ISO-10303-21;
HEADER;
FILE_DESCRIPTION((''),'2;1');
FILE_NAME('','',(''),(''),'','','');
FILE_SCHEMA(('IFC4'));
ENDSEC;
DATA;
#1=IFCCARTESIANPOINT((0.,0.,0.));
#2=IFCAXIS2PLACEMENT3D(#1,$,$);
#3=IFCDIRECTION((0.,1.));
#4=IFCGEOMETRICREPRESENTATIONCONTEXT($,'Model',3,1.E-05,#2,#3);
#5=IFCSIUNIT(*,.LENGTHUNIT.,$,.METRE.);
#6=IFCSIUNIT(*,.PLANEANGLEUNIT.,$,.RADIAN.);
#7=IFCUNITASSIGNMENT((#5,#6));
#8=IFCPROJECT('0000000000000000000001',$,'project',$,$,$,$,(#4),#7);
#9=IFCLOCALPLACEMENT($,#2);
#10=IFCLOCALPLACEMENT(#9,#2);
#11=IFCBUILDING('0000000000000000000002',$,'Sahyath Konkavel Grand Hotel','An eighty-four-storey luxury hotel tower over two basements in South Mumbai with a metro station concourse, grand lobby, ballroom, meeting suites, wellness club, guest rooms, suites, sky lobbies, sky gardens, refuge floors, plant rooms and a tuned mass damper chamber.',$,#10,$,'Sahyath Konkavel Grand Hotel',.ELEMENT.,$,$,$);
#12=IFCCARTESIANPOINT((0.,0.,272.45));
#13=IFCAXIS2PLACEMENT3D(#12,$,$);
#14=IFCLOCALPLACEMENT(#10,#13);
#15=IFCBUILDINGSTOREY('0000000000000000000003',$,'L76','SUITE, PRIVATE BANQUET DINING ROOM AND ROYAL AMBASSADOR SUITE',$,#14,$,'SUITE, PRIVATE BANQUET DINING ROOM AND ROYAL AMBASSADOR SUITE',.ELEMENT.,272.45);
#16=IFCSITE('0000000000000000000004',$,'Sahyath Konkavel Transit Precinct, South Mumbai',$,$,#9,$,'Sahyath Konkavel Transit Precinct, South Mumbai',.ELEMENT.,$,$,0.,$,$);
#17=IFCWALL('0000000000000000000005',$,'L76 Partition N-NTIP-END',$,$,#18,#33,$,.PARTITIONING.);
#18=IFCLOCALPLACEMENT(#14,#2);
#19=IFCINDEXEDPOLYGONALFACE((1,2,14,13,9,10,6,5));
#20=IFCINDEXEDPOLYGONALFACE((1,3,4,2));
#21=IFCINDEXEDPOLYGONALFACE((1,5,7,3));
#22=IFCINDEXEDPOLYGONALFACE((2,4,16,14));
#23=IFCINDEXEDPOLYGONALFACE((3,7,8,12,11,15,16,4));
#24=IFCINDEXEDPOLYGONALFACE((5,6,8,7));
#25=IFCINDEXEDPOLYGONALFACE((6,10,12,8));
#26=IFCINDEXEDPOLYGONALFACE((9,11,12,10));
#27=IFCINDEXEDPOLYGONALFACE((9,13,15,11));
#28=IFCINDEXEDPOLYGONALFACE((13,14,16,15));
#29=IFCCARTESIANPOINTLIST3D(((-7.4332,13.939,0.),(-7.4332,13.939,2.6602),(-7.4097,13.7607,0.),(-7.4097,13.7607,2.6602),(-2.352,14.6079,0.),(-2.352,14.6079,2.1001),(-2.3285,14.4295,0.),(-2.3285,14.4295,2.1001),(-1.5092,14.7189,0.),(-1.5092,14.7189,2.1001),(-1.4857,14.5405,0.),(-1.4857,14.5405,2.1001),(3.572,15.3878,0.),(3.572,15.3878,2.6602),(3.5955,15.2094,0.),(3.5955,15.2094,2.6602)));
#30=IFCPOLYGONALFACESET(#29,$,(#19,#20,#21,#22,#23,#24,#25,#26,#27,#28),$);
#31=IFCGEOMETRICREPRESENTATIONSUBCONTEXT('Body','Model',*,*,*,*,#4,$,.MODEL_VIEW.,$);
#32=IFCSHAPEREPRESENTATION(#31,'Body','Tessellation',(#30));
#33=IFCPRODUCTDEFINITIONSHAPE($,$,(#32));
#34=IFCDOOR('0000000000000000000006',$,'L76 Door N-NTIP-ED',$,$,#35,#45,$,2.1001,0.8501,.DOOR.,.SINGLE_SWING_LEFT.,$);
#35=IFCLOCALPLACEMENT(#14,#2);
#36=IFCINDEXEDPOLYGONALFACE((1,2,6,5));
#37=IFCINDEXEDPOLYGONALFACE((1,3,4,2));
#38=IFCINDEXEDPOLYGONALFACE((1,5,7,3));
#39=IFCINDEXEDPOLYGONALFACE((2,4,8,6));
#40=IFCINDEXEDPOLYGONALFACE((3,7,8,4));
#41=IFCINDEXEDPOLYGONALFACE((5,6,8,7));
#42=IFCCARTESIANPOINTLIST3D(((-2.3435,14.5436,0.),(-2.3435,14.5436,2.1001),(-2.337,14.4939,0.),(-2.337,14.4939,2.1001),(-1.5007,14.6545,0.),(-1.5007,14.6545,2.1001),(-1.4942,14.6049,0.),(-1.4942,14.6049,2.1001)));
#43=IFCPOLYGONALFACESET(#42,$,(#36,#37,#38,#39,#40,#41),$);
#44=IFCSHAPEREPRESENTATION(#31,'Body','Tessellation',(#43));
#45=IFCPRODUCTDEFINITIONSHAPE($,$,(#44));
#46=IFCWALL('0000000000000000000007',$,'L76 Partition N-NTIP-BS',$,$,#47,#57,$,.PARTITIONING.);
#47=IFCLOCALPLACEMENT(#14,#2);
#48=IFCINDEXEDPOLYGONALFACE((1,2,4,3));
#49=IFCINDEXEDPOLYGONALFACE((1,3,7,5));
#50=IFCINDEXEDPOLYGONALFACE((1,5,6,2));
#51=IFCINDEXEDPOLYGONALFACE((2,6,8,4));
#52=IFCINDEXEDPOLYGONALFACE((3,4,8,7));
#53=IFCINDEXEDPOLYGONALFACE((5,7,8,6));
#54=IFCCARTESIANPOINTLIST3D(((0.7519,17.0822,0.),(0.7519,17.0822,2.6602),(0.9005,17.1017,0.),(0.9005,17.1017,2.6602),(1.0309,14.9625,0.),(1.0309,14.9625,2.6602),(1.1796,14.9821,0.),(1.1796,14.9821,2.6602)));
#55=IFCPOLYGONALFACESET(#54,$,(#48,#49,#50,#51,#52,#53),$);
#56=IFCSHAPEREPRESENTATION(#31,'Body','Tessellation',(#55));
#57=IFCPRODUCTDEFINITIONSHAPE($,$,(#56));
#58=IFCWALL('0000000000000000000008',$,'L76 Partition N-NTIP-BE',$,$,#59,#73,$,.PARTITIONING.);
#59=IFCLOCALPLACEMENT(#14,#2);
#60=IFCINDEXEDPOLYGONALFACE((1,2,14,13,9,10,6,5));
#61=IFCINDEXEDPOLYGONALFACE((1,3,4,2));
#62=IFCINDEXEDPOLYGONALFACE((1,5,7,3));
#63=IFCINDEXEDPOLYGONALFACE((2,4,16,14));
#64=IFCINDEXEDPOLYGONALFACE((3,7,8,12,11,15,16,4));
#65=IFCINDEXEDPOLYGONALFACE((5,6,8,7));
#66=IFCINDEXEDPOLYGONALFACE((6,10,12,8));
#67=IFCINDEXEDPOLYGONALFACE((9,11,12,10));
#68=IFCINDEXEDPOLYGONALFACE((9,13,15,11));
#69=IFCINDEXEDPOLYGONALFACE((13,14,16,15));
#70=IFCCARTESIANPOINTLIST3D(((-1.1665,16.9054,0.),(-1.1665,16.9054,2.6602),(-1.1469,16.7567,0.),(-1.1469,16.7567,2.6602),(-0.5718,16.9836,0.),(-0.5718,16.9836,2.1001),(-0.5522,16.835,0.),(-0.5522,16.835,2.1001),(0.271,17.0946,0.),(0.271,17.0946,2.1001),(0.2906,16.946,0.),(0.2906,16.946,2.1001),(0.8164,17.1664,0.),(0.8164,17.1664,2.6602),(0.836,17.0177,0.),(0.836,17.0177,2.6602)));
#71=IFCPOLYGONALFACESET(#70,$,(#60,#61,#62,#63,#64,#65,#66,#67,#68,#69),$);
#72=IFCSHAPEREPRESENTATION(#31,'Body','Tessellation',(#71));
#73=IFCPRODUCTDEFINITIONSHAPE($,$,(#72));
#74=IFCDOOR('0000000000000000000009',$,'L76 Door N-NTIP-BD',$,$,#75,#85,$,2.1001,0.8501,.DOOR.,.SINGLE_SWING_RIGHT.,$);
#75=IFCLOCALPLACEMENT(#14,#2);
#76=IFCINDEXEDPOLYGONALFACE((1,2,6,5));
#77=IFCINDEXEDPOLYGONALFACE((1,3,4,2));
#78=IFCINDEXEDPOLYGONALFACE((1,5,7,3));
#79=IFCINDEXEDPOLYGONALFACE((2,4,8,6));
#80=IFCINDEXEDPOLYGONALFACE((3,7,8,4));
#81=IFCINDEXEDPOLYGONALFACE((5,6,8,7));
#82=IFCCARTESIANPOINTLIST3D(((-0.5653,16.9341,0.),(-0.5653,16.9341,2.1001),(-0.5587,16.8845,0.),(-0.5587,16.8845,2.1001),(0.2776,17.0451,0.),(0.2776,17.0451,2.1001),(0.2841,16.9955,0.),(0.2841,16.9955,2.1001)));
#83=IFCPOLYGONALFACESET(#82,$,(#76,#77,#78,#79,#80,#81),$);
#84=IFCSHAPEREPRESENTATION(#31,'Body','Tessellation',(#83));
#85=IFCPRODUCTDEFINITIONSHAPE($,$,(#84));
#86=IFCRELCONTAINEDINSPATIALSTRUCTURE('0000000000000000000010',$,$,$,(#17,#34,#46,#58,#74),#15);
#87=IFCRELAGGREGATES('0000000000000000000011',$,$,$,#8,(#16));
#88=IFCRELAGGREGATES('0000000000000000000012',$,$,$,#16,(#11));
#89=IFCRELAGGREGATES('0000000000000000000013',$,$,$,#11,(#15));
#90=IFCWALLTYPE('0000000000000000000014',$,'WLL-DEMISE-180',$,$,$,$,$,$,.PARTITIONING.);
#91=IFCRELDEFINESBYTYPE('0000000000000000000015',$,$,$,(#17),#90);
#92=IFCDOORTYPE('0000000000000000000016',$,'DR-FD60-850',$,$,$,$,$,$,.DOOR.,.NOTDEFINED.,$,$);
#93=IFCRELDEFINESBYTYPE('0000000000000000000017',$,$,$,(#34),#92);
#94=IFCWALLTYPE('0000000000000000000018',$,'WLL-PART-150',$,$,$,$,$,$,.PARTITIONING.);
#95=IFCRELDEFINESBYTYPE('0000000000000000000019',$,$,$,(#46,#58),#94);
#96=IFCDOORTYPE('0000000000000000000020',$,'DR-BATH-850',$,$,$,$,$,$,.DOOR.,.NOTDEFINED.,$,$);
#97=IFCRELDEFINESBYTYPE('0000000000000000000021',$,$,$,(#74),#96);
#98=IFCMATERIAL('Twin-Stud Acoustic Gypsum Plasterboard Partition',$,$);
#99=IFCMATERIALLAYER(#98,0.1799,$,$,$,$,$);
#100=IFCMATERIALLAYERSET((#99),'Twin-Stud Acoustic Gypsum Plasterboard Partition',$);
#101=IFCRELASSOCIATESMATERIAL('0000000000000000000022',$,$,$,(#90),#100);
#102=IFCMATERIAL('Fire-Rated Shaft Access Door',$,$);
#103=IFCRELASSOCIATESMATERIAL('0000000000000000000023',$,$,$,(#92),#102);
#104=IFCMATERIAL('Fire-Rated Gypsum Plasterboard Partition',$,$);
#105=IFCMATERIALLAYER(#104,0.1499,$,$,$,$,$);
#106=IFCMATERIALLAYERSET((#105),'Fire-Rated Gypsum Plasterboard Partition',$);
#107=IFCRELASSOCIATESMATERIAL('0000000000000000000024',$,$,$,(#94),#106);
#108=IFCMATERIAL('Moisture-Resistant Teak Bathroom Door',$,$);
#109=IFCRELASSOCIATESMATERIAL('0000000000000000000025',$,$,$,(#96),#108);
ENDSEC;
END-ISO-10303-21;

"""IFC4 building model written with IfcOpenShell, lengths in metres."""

from ifc_helpers import new_model, si_unit, direction, frame, frame_2d, origin, origin_2d, place, context, subcontext, project, spatial, rectangle, extrude, source, transform, mapped, material, layer, layer_set, type_object, element, fill, save


model = new_model("IFC4")

# Units and contexts
model_context = context("Model", 3, precision=1e-05, world=origin(), true_north=direction((0.0, 1.0)))
body_context = subcontext(model_context, "Body", "Model", "MODEL_VIEW")
ifc_project = project(units=[si_unit("LENGTHUNIT", "METRE"), si_unit("PLANEANGLEUNIT", "RADIAN")], contexts=[model_context])

# Site, building, storey
site_placement = place(None, origin())
site = spatial("IfcSite", under=ifc_project, at=site_placement, Name="Sahyath Konkavel Transit Precinct, South Mumbai", LongName="Sahyath Konkavel Transit Precinct, South Mumbai", CompositionType="ELEMENT", RefElevation=0.0)
building_placement = place(site_placement, origin())
building = spatial("IfcBuilding", under=site, at=building_placement, Name="Sahyath Konkavel Grand Hotel", Description="An eighty-four-storey luxury hotel tower over two basements in South Mumbai with a metro station concourse, grand lobby, ballroom, meeting suites, wellness club, guest rooms, suites, sky lobbies, sky gardens, refuge floors, plant rooms and a tuned mass damper chamber.", LongName="Sahyath Konkavel Grand Hotel", CompositionType="ELEMENT")
storey_placement = place(building_placement, frame((0.0, 0.0, 272.45)))
storey = spatial("IfcBuildingStorey", under=building, at=storey_placement, Name="L76", Description="SUITE, PRIVATE BANQUET DINING ROOM AND ROYAL AMBASSADOR SUITE", LongName="SUITE, PRIVATE BANQUET DINING ROOM AND ROYAL AMBASSADOR SUITE", CompositionType="ELEMENT", Elevation=272.45)

# Wall, opening, door
ifc_material_1 = material(Name="Twin-Stud Acoustic Gypsum Plasterboard Partition")
ifc_layer_1 = layer(ifc_material_1, 0.1799)
ifc_layer_set_1 = layer_set([ifc_layer_1], Name="Twin-Stud Acoustic Gypsum Plasterboard Partition")
wall_type_1 = type_object("IfcWallType", Name="WLL-DEMISE-180", PredefinedType="PARTITIONING", material=ifc_layer_set_1)
wall_1_placement = place(storey_placement, frame((3.5837, 15.2986, 0.0), z_axis=(0.0, 0.0, 1.0), x_axis=(-0.991446, -0.130515, 0.0)))
wall_1 = element("IfcWall", 1, at=wall_1_placement, inside=storey, type_object=wall_type_1, Name="L76 Partition N-NTIP-END", PredefinedType="PARTITIONING", context=body_context, shape_type="SweptSolid", body=[
    extrude(rectangle(XDim=11.1001, YDim=0.1799, at=frame_2d((5.55, 0.0))), origin(), (0.0, 0.0, 1.0), 2.6602),
])
opening_1_placement = place(wall_1_placement, frame((5.125, 0.0, 0.0)))
opening_1 = element("IfcOpeningElement", 2, at=opening_1_placement, cuts=wall_1, PredefinedType="OPENING", context=body_context, shape_type="SweptSolid", body=[
    extrude(rectangle(XDim=0.8501, YDim=2.1001, at=frame_2d((0.425, 1.05))), frame((0.0, 0.1001, 0.0), z_axis=(0.0, -1.0, 0.0), x_axis=(1.0, 0.0, 0.0)), (0.0, 0.0, 1.0), 0.2),
])
ifc_material_2 = material(Name="Fire-Rated Shaft Access Door")
door_type_1 = type_object("IfcDoorType", Name="DR-FD60-850", OperationType="NOTDEFINED", PredefinedType="DOOR", material=ifc_material_2)
shared_shape_1 = source(origin(), body_context, "Body", "SweptSolid", [
    extrude(rectangle(XDim=0.8501, YDim=0.05, at=origin_2d()), origin(), (0.0, 0.0, 1.0), 2.1001),
])
door_1_placement = place(opening_1_placement, frame((0.425, 0.0, 0.0)))
door_1 = element("IfcDoor", 3, at=door_1_placement, inside=storey, type_object=door_type_1, Name="L76 Door N-NTIP-ED", OperationType="SINGLE_SWING_LEFT", OverallHeight=2.1001, OverallWidth=0.8501, PredefinedType="DOOR", context=body_context, shape_type="MappedRepresentation", body=[
    mapped(shared_shape_1, transform((0.0, 0.0, 0.0), scale=1.0)),
])
fill(opening_1, door_1)

# Wall
ifc_material_3 = material(Name="Fire-Rated Gypsum Plasterboard Partition")
ifc_layer_2 = layer(ifc_material_3, 0.1499)
ifc_layer_set_2 = layer_set([ifc_layer_2], Name="Fire-Rated Gypsum Plasterboard Partition")
wall_type_2 = type_object("IfcWallType", Name="WLL-PART-150", PredefinedType="PARTITIONING", material=ifc_layer_set_2)
wall_2_placement = place(storey_placement, frame((1.1052, 14.9724, 0.0), z_axis=(0.0, 0.0, 1.0), x_axis=(-0.130525, 0.991445, 0.0)))
element("IfcWall", 4, at=wall_2_placement, inside=storey, type_object=wall_type_2, Name="L76 Partition N-NTIP-BS", PredefinedType="PARTITIONING", context=body_context, shape_type="SweptSolid", body=[
    extrude(rectangle(XDim=2.1379, YDim=0.1499, at=frame_2d((1.0688, 0.0))), origin(), (0.0, 0.0, 1.0), 2.6602),
])

# Wall, opening, door
wall_3_placement = place(storey_placement, frame((0.8262, 17.092, 0.0), z_axis=(0.0, 0.0, 1.0), x_axis=(-0.991449, -0.130492, 0.0)))
wall_3 = element("IfcWall", 5, at=wall_3_placement, inside=storey, type_object=wall_type_2, Name="L76 Partition N-NTIP-BE", PredefinedType="PARTITIONING", context=body_context, shape_type="SweptSolid", body=[
    extrude(rectangle(XDim=2.0, YDim=0.1499, at=frame_2d((1.0, 0.0))), origin(), (0.0, 0.0, 1.0), 2.6602),
])
opening_2_placement = place(wall_3_placement, frame((0.55, 0.0, 0.0)))
opening_2 = element("IfcOpeningElement", 6, at=opening_2_placement, cuts=wall_3, PredefinedType="OPENING", context=body_context, shape_type="SweptSolid", body=[
    extrude(rectangle(XDim=0.8501, YDim=2.1001, at=frame_2d((0.425, 1.05))), frame((0.0, 0.085, 0.0), z_axis=(0.0, -1.0, 0.0), x_axis=(1.0, 0.0, 0.0)), (0.0, 0.0, 1.0), 0.1699),
])
ifc_material_4 = material(Name="Moisture-Resistant Teak Bathroom Door")
door_type_2 = type_object("IfcDoorType", Name="DR-BATH-850", OperationType="NOTDEFINED", PredefinedType="DOOR", material=ifc_material_4)
door_2_placement = place(opening_2_placement, frame((0.425, 0.0, 0.0)))
door_2 = element("IfcDoor", 7, at=door_2_placement, inside=storey, type_object=door_type_2, Name="L76 Door N-NTIP-BD", OperationType="SINGLE_SWING_RIGHT", OverallHeight=2.1001, OverallWidth=0.8501, PredefinedType="DOOR", context=body_context, shape_type="MappedRepresentation", body=[
    mapped(shared_shape_1, transform((0.0, 0.0, 0.0), scale=1.0)),
])
fill(opening_2, door_2)

save(model, "model.ifc")
